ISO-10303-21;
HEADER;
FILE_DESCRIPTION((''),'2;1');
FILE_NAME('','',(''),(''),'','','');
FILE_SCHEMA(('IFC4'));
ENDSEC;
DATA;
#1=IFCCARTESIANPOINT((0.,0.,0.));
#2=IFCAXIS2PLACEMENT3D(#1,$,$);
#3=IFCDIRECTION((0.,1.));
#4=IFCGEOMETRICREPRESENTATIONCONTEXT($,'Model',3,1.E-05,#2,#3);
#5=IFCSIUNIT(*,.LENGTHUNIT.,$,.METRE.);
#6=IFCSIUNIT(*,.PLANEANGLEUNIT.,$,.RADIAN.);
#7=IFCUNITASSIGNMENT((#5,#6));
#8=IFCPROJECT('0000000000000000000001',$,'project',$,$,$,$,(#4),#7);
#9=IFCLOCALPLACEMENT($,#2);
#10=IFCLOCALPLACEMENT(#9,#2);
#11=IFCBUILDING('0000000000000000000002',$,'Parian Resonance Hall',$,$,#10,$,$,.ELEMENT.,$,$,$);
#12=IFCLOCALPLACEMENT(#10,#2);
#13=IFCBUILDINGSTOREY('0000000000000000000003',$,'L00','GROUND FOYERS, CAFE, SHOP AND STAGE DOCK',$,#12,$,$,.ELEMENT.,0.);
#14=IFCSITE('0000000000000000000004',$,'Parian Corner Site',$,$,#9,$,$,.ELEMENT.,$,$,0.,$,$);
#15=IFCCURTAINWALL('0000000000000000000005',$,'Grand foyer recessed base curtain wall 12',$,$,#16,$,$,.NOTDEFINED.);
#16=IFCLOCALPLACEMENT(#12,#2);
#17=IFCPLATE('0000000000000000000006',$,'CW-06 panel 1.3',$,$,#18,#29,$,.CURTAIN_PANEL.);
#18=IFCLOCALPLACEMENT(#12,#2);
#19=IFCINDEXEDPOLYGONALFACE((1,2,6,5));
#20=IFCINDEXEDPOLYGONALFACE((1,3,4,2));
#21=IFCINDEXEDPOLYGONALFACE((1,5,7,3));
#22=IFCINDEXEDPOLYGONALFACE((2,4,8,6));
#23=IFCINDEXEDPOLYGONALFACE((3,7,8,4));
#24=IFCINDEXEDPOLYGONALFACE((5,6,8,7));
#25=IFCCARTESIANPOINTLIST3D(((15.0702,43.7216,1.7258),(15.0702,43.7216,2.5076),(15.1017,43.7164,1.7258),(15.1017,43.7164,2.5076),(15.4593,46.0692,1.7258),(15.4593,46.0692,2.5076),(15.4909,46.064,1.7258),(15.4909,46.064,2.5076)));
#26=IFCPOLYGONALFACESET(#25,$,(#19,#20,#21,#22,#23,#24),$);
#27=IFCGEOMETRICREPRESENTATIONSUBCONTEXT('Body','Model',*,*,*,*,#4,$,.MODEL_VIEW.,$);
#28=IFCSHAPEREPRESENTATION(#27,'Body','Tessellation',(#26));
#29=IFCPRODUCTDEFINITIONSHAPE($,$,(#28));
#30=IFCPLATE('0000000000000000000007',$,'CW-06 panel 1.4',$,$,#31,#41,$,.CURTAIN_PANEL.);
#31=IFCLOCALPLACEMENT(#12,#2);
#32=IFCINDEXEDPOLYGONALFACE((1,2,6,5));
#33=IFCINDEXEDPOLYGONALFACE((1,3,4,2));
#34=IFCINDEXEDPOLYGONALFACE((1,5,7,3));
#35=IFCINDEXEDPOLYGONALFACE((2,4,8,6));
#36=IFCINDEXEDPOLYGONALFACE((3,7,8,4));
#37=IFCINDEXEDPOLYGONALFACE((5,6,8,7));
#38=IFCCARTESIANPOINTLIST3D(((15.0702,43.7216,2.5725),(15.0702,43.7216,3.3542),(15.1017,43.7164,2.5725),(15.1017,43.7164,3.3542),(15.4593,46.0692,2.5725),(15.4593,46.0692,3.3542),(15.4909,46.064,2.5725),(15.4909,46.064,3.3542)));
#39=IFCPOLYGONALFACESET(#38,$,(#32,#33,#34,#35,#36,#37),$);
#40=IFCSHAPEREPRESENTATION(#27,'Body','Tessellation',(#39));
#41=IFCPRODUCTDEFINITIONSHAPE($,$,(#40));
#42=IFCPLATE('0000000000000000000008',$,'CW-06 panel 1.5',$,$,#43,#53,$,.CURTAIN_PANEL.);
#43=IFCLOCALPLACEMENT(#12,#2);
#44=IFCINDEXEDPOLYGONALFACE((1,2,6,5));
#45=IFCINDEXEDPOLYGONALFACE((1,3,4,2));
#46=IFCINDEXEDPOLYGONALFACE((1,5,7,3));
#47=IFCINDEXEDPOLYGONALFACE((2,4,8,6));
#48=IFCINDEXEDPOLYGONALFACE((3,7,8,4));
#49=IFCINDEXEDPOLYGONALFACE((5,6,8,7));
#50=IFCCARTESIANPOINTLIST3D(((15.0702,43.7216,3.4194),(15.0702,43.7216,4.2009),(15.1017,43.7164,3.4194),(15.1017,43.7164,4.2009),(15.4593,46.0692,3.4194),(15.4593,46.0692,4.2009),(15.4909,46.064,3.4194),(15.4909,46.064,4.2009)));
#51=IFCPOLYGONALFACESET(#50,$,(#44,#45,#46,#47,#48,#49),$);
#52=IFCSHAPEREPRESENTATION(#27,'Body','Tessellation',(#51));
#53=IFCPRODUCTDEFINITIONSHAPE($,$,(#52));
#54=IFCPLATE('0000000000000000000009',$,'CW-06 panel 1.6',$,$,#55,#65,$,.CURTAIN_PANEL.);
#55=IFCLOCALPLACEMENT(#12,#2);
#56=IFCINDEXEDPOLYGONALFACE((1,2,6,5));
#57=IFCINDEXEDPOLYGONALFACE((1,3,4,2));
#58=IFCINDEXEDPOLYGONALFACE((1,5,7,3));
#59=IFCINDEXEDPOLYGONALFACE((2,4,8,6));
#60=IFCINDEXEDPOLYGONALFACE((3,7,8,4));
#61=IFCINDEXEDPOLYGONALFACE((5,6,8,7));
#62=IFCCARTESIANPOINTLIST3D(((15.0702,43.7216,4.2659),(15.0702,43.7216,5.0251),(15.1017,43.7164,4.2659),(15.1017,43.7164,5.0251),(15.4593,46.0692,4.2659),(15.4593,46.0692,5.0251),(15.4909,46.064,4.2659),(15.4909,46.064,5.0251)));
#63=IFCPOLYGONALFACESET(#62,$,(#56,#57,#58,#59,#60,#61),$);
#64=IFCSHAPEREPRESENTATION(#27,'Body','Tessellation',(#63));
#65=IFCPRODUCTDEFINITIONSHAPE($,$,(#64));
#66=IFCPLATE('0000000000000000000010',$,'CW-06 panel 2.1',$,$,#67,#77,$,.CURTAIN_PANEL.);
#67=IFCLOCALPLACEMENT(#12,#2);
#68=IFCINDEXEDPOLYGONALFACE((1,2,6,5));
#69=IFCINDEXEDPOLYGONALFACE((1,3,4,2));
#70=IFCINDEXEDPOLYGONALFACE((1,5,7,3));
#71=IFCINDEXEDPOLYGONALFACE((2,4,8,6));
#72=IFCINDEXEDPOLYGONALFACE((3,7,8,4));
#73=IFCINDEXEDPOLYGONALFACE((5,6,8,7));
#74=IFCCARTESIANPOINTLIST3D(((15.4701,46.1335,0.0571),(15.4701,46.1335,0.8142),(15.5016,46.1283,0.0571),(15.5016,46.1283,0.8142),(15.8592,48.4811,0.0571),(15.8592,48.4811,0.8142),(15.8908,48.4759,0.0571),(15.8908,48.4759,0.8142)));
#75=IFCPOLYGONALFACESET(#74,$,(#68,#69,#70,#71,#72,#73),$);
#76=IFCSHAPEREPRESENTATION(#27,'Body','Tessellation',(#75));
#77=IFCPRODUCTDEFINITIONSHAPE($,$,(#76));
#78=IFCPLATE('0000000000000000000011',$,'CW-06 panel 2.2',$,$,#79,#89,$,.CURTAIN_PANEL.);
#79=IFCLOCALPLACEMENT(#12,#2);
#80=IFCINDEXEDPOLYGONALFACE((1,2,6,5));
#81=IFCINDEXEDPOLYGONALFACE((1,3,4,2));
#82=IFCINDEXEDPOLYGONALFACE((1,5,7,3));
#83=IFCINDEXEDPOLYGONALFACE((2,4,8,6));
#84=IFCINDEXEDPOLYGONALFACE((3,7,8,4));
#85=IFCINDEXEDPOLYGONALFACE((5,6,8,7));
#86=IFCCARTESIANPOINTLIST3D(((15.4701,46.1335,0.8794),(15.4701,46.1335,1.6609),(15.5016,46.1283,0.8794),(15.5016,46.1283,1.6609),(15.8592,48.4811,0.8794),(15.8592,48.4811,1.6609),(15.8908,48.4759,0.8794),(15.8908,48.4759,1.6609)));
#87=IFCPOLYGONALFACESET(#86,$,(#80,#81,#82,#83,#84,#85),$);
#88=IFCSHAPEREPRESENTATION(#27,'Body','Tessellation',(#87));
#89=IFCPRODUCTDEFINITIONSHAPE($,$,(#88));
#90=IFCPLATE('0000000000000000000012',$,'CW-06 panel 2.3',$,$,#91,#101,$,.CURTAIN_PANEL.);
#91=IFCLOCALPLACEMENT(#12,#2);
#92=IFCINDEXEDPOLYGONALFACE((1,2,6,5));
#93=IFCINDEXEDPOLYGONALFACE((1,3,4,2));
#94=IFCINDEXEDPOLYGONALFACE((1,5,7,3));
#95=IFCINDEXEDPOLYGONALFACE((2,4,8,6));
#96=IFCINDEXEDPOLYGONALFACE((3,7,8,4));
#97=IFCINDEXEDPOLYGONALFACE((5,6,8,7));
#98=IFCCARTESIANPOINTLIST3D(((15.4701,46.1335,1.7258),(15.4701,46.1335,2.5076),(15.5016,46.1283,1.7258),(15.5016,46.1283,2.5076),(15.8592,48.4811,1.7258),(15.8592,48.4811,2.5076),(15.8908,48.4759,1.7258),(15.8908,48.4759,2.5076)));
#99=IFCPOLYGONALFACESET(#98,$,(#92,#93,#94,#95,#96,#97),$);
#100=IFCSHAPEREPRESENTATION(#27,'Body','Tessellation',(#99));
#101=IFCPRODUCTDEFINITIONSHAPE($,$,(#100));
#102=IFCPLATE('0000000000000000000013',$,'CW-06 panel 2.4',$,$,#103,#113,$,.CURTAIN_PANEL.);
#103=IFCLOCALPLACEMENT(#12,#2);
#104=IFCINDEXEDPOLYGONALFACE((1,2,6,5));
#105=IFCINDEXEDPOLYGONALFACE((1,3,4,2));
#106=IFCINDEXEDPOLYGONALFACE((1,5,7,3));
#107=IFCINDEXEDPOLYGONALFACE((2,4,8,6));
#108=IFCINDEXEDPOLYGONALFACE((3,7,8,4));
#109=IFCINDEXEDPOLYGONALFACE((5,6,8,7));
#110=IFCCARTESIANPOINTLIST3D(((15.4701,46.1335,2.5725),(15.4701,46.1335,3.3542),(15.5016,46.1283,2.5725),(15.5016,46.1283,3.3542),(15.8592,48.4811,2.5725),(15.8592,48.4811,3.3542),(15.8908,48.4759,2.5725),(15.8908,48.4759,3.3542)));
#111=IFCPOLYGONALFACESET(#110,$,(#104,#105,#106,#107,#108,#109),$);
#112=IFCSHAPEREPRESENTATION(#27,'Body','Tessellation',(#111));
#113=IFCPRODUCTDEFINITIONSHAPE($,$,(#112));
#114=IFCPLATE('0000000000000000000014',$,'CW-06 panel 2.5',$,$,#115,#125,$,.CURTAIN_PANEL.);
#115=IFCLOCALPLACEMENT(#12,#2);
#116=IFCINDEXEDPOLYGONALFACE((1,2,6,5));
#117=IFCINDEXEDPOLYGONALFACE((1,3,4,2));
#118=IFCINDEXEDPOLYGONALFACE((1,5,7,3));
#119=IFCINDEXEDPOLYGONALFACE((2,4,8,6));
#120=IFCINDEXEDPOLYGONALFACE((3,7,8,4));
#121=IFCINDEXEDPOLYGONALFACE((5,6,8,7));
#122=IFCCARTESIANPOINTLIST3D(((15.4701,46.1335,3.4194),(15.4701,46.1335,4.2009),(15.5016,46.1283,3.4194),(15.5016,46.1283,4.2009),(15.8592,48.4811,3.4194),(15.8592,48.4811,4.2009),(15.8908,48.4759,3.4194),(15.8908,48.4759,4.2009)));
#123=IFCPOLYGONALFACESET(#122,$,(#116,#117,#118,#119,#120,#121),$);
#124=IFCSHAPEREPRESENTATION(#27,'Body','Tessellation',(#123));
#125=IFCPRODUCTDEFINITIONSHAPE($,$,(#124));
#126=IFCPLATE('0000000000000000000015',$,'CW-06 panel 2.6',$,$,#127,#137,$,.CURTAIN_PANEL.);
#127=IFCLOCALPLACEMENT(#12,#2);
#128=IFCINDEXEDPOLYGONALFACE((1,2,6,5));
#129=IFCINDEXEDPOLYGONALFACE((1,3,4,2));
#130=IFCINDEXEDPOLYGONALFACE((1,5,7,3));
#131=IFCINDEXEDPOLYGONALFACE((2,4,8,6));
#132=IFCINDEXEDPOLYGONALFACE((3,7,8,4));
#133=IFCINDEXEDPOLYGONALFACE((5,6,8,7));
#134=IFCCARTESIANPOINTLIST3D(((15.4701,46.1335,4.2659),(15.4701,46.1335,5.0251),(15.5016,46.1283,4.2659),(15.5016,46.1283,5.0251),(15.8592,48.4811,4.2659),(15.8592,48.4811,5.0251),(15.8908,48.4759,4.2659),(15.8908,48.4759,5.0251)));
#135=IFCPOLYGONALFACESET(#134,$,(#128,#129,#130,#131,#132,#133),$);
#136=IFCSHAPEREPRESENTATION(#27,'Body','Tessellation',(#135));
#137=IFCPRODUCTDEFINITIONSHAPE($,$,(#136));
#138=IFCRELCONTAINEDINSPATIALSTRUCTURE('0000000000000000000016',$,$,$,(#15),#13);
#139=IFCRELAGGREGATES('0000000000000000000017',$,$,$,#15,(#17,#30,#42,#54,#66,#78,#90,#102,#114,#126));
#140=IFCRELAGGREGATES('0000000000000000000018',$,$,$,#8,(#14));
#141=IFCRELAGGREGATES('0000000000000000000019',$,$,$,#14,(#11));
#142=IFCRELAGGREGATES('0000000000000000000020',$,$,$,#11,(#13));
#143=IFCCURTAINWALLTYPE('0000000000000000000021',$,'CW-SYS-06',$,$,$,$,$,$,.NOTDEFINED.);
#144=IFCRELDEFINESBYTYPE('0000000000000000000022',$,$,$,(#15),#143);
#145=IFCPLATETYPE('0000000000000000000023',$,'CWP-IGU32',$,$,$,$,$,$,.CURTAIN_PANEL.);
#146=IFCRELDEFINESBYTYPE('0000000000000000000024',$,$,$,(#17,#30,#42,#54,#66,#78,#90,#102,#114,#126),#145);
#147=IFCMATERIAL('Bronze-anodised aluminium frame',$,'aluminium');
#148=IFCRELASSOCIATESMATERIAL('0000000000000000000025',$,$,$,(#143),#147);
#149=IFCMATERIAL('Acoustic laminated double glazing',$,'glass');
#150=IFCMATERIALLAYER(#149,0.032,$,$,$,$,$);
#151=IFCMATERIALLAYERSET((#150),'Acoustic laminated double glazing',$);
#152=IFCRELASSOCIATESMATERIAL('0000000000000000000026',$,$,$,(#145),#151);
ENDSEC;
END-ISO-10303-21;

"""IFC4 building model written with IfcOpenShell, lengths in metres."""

from ifc_helpers import new_model, si_unit, direction, frame, origin, origin_2d, place, context, subcontext, project, spatial, rectangle, extrude, material, layer, layer_set, type_object, element, aggregate, save


model = new_model("IFC4")

# Units and contexts
model_context = context("Model", 3, precision=1e-05, world=origin(), true_north=direction((0.0, 1.0)))
body_context = subcontext(model_context, "Body", "Model", "MODEL_VIEW")
ifc_project = project(units=[si_unit("LENGTHUNIT", "METRE"), si_unit("PLANEANGLEUNIT", "RADIAN")], contexts=[model_context])

# Site, building, storey
site_placement = place(None, origin())
site = spatial("IfcSite", under=ifc_project, at=site_placement, Name="Parian Corner Site", CompositionType="ELEMENT", RefElevation=0.0)
building_placement = place(site_placement, origin())
building = spatial("IfcBuilding", under=site, at=building_placement, Name="Parian Resonance Hall", CompositionType="ELEMENT")
storey_placement = place(building_placement, origin())
storey = spatial("IfcBuildingStorey", under=building, at=storey_placement, Name="L00", Description="GROUND FOYERS, CAFE, SHOP AND STAGE DOCK", CompositionType="ELEMENT", Elevation=0.0)

# Curtain wall, plates
ifc_material_1 = material(Name="Bronze-anodised aluminium frame", Category="aluminium")
curtain_wall_type = type_object("IfcCurtainWallType", Name="CW-SYS-06", PredefinedType="NOTDEFINED", material=ifc_material_1)
curtain_wall_placement = place(storey_placement, origin())
curtain_wall = element("IfcCurtainWall", 1, at=curtain_wall_placement, inside=storey, type_object=curtain_wall_type, Name="Grand foyer recessed base curtain wall 12", PredefinedType="NOTDEFINED")
ifc_material_2 = material(Name="Acoustic laminated double glazing", Category="glass")
ifc_layer_1 = layer(ifc_material_2, 0.032)
ifc_layer_set_1 = layer_set([ifc_layer_1], Name="Acoustic laminated double glazing")
plate_type = type_object("IfcPlateType", Name="CWP-IGU32", PredefinedType="CURTAIN_PANEL", material=ifc_layer_set_1)
plate_1_placement = place(storey_placement, frame((15.2805, 44.8928, 1.7258), z_axis=(0.0, 0.0, 1.0), x_axis=(0.163518, 0.98654, 0.0)))
plate_1 = element("IfcPlate", 2, at=plate_1_placement, type_object=plate_type, Name="CW-06 panel 1.3", PredefinedType="CURTAIN_PANEL", context=body_context, shape_type="SweptSolid", body=[
    extrude(rectangle(XDim=2.3796, YDim=0.032, at=origin_2d()), origin(), (0.0, 0.0, 1.0), 0.7817),
])
plate_2_placement = place(storey_placement, frame((15.2805, 44.8928, 2.5725), z_axis=(0.0, 0.0, 1.0), x_axis=(0.163518, 0.98654, 0.0)))
plate_2 = element("IfcPlate", 3, at=plate_2_placement, type_object=plate_type, Name="CW-06 panel 1.4", PredefinedType="CURTAIN_PANEL", context=body_context, shape_type="SweptSolid", body=[
    extrude(rectangle(XDim=2.3796, YDim=0.032, at=origin_2d()), origin(), (0.0, 0.0, 1.0), 0.7817),
])
plate_3_placement = place(storey_placement, frame((15.2805, 44.8928, 3.4194), z_axis=(0.0, 0.0, 1.0), x_axis=(0.163518, 0.98654, 0.0)))
plate_3 = element("IfcPlate", 4, at=plate_3_placement, type_object=plate_type, Name="CW-06 panel 1.5", PredefinedType="CURTAIN_PANEL", context=body_context, shape_type="SweptSolid", body=[
    extrude(rectangle(XDim=2.3796, YDim=0.032, at=origin_2d()), origin(), (0.0, 0.0, 1.0), 0.7815),
])
plate_4_placement = place(storey_placement, frame((15.2805, 44.8928, 4.2659), z_axis=(0.0, 0.0, 1.0), x_axis=(0.163518, 0.98654, 0.0)))
plate_4 = element("IfcPlate", 5, at=plate_4_placement, type_object=plate_type, Name="CW-06 panel 1.6", PredefinedType="CURTAIN_PANEL", context=body_context, shape_type="SweptSolid", body=[
    extrude(rectangle(XDim=2.3796, YDim=0.032, at=origin_2d()), origin(), (0.0, 0.0, 1.0), 0.7593),
])
plate_5_placement = place(storey_placement, frame((15.6804, 47.3047, 0.0571), z_axis=(0.0, 0.0, 1.0), x_axis=(0.163518, 0.98654, 0.0)))
plate_5 = element("IfcPlate", 6, at=plate_5_placement, type_object=plate_type, Name="CW-06 panel 2.1", PredefinedType="CURTAIN_PANEL", context=body_context, shape_type="SweptSolid", body=[
    extrude(rectangle(XDim=2.3796, YDim=0.032, at=origin_2d()), origin(), (0.0, 0.0, 1.0), 0.7571),
])
plate_6_placement = place(storey_placement, frame((15.6804, 47.3047, 0.8794), z_axis=(0.0, 0.0, 1.0), x_axis=(0.163518, 0.98654, 0.0)))
plate_6 = element("IfcPlate", 7, at=plate_6_placement, type_object=plate_type, Name="CW-06 panel 2.2", PredefinedType="CURTAIN_PANEL", context=body_context, shape_type="SweptSolid", body=[
    extrude(rectangle(XDim=2.3796, YDim=0.032, at=origin_2d()), origin(), (0.0, 0.0, 1.0), 0.7815),
])
plate_7_placement = place(storey_placement, frame((15.6804, 47.3047, 1.7258), z_axis=(0.0, 0.0, 1.0), x_axis=(0.163518, 0.98654, 0.0)))
plate_7 = element("IfcPlate", 8, at=plate_7_placement, type_object=plate_type, Name="CW-06 panel 2.3", PredefinedType="CURTAIN_PANEL", context=body_context, shape_type="SweptSolid", body=[
    extrude(rectangle(XDim=2.3796, YDim=0.032, at=origin_2d()), origin(), (0.0, 0.0, 1.0), 0.7817),
])
plate_8_placement = place(storey_placement, frame((15.6804, 47.3047, 2.5725), z_axis=(0.0, 0.0, 1.0), x_axis=(0.163518, 0.98654, 0.0)))
plate_8 = element("IfcPlate", 9, at=plate_8_placement, type_object=plate_type, Name="CW-06 panel 2.4", PredefinedType="CURTAIN_PANEL", context=body_context, shape_type="SweptSolid", body=[
    extrude(rectangle(XDim=2.3796, YDim=0.032, at=origin_2d()), origin(), (0.0, 0.0, 1.0), 0.7817),
])
plate_9_placement = place(storey_placement, frame((15.6804, 47.3047, 3.4194), z_axis=(0.0, 0.0, 1.0), x_axis=(0.163518, 0.98654, 0.0)))
plate_9 = element("IfcPlate", 10, at=plate_9_placement, type_object=plate_type, Name="CW-06 panel 2.5", PredefinedType="CURTAIN_PANEL", context=body_context, shape_type="SweptSolid", body=[
    extrude(rectangle(XDim=2.3796, YDim=0.032, at=origin_2d()), origin(), (0.0, 0.0, 1.0), 0.7815),
])
plate_10_placement = place(storey_placement, frame((15.6804, 47.3047, 4.2659), z_axis=(0.0, 0.0, 1.0), x_axis=(0.163518, 0.98654, 0.0)))
plate_10 = element("IfcPlate", 11, at=plate_10_placement, type_object=plate_type, Name="CW-06 panel 2.6", PredefinedType="CURTAIN_PANEL", context=body_context, shape_type="SweptSolid", body=[
    extrude(rectangle(XDim=2.3796, YDim=0.032, at=origin_2d()), origin(), (0.0, 0.0, 1.0), 0.7593),
])
aggregate(curtain_wall, [plate_1, plate_2, plate_3, plate_4, plate_5, plate_6, plate_7, plate_8, plate_9, plate_10])

save(model, "model.ifc")
